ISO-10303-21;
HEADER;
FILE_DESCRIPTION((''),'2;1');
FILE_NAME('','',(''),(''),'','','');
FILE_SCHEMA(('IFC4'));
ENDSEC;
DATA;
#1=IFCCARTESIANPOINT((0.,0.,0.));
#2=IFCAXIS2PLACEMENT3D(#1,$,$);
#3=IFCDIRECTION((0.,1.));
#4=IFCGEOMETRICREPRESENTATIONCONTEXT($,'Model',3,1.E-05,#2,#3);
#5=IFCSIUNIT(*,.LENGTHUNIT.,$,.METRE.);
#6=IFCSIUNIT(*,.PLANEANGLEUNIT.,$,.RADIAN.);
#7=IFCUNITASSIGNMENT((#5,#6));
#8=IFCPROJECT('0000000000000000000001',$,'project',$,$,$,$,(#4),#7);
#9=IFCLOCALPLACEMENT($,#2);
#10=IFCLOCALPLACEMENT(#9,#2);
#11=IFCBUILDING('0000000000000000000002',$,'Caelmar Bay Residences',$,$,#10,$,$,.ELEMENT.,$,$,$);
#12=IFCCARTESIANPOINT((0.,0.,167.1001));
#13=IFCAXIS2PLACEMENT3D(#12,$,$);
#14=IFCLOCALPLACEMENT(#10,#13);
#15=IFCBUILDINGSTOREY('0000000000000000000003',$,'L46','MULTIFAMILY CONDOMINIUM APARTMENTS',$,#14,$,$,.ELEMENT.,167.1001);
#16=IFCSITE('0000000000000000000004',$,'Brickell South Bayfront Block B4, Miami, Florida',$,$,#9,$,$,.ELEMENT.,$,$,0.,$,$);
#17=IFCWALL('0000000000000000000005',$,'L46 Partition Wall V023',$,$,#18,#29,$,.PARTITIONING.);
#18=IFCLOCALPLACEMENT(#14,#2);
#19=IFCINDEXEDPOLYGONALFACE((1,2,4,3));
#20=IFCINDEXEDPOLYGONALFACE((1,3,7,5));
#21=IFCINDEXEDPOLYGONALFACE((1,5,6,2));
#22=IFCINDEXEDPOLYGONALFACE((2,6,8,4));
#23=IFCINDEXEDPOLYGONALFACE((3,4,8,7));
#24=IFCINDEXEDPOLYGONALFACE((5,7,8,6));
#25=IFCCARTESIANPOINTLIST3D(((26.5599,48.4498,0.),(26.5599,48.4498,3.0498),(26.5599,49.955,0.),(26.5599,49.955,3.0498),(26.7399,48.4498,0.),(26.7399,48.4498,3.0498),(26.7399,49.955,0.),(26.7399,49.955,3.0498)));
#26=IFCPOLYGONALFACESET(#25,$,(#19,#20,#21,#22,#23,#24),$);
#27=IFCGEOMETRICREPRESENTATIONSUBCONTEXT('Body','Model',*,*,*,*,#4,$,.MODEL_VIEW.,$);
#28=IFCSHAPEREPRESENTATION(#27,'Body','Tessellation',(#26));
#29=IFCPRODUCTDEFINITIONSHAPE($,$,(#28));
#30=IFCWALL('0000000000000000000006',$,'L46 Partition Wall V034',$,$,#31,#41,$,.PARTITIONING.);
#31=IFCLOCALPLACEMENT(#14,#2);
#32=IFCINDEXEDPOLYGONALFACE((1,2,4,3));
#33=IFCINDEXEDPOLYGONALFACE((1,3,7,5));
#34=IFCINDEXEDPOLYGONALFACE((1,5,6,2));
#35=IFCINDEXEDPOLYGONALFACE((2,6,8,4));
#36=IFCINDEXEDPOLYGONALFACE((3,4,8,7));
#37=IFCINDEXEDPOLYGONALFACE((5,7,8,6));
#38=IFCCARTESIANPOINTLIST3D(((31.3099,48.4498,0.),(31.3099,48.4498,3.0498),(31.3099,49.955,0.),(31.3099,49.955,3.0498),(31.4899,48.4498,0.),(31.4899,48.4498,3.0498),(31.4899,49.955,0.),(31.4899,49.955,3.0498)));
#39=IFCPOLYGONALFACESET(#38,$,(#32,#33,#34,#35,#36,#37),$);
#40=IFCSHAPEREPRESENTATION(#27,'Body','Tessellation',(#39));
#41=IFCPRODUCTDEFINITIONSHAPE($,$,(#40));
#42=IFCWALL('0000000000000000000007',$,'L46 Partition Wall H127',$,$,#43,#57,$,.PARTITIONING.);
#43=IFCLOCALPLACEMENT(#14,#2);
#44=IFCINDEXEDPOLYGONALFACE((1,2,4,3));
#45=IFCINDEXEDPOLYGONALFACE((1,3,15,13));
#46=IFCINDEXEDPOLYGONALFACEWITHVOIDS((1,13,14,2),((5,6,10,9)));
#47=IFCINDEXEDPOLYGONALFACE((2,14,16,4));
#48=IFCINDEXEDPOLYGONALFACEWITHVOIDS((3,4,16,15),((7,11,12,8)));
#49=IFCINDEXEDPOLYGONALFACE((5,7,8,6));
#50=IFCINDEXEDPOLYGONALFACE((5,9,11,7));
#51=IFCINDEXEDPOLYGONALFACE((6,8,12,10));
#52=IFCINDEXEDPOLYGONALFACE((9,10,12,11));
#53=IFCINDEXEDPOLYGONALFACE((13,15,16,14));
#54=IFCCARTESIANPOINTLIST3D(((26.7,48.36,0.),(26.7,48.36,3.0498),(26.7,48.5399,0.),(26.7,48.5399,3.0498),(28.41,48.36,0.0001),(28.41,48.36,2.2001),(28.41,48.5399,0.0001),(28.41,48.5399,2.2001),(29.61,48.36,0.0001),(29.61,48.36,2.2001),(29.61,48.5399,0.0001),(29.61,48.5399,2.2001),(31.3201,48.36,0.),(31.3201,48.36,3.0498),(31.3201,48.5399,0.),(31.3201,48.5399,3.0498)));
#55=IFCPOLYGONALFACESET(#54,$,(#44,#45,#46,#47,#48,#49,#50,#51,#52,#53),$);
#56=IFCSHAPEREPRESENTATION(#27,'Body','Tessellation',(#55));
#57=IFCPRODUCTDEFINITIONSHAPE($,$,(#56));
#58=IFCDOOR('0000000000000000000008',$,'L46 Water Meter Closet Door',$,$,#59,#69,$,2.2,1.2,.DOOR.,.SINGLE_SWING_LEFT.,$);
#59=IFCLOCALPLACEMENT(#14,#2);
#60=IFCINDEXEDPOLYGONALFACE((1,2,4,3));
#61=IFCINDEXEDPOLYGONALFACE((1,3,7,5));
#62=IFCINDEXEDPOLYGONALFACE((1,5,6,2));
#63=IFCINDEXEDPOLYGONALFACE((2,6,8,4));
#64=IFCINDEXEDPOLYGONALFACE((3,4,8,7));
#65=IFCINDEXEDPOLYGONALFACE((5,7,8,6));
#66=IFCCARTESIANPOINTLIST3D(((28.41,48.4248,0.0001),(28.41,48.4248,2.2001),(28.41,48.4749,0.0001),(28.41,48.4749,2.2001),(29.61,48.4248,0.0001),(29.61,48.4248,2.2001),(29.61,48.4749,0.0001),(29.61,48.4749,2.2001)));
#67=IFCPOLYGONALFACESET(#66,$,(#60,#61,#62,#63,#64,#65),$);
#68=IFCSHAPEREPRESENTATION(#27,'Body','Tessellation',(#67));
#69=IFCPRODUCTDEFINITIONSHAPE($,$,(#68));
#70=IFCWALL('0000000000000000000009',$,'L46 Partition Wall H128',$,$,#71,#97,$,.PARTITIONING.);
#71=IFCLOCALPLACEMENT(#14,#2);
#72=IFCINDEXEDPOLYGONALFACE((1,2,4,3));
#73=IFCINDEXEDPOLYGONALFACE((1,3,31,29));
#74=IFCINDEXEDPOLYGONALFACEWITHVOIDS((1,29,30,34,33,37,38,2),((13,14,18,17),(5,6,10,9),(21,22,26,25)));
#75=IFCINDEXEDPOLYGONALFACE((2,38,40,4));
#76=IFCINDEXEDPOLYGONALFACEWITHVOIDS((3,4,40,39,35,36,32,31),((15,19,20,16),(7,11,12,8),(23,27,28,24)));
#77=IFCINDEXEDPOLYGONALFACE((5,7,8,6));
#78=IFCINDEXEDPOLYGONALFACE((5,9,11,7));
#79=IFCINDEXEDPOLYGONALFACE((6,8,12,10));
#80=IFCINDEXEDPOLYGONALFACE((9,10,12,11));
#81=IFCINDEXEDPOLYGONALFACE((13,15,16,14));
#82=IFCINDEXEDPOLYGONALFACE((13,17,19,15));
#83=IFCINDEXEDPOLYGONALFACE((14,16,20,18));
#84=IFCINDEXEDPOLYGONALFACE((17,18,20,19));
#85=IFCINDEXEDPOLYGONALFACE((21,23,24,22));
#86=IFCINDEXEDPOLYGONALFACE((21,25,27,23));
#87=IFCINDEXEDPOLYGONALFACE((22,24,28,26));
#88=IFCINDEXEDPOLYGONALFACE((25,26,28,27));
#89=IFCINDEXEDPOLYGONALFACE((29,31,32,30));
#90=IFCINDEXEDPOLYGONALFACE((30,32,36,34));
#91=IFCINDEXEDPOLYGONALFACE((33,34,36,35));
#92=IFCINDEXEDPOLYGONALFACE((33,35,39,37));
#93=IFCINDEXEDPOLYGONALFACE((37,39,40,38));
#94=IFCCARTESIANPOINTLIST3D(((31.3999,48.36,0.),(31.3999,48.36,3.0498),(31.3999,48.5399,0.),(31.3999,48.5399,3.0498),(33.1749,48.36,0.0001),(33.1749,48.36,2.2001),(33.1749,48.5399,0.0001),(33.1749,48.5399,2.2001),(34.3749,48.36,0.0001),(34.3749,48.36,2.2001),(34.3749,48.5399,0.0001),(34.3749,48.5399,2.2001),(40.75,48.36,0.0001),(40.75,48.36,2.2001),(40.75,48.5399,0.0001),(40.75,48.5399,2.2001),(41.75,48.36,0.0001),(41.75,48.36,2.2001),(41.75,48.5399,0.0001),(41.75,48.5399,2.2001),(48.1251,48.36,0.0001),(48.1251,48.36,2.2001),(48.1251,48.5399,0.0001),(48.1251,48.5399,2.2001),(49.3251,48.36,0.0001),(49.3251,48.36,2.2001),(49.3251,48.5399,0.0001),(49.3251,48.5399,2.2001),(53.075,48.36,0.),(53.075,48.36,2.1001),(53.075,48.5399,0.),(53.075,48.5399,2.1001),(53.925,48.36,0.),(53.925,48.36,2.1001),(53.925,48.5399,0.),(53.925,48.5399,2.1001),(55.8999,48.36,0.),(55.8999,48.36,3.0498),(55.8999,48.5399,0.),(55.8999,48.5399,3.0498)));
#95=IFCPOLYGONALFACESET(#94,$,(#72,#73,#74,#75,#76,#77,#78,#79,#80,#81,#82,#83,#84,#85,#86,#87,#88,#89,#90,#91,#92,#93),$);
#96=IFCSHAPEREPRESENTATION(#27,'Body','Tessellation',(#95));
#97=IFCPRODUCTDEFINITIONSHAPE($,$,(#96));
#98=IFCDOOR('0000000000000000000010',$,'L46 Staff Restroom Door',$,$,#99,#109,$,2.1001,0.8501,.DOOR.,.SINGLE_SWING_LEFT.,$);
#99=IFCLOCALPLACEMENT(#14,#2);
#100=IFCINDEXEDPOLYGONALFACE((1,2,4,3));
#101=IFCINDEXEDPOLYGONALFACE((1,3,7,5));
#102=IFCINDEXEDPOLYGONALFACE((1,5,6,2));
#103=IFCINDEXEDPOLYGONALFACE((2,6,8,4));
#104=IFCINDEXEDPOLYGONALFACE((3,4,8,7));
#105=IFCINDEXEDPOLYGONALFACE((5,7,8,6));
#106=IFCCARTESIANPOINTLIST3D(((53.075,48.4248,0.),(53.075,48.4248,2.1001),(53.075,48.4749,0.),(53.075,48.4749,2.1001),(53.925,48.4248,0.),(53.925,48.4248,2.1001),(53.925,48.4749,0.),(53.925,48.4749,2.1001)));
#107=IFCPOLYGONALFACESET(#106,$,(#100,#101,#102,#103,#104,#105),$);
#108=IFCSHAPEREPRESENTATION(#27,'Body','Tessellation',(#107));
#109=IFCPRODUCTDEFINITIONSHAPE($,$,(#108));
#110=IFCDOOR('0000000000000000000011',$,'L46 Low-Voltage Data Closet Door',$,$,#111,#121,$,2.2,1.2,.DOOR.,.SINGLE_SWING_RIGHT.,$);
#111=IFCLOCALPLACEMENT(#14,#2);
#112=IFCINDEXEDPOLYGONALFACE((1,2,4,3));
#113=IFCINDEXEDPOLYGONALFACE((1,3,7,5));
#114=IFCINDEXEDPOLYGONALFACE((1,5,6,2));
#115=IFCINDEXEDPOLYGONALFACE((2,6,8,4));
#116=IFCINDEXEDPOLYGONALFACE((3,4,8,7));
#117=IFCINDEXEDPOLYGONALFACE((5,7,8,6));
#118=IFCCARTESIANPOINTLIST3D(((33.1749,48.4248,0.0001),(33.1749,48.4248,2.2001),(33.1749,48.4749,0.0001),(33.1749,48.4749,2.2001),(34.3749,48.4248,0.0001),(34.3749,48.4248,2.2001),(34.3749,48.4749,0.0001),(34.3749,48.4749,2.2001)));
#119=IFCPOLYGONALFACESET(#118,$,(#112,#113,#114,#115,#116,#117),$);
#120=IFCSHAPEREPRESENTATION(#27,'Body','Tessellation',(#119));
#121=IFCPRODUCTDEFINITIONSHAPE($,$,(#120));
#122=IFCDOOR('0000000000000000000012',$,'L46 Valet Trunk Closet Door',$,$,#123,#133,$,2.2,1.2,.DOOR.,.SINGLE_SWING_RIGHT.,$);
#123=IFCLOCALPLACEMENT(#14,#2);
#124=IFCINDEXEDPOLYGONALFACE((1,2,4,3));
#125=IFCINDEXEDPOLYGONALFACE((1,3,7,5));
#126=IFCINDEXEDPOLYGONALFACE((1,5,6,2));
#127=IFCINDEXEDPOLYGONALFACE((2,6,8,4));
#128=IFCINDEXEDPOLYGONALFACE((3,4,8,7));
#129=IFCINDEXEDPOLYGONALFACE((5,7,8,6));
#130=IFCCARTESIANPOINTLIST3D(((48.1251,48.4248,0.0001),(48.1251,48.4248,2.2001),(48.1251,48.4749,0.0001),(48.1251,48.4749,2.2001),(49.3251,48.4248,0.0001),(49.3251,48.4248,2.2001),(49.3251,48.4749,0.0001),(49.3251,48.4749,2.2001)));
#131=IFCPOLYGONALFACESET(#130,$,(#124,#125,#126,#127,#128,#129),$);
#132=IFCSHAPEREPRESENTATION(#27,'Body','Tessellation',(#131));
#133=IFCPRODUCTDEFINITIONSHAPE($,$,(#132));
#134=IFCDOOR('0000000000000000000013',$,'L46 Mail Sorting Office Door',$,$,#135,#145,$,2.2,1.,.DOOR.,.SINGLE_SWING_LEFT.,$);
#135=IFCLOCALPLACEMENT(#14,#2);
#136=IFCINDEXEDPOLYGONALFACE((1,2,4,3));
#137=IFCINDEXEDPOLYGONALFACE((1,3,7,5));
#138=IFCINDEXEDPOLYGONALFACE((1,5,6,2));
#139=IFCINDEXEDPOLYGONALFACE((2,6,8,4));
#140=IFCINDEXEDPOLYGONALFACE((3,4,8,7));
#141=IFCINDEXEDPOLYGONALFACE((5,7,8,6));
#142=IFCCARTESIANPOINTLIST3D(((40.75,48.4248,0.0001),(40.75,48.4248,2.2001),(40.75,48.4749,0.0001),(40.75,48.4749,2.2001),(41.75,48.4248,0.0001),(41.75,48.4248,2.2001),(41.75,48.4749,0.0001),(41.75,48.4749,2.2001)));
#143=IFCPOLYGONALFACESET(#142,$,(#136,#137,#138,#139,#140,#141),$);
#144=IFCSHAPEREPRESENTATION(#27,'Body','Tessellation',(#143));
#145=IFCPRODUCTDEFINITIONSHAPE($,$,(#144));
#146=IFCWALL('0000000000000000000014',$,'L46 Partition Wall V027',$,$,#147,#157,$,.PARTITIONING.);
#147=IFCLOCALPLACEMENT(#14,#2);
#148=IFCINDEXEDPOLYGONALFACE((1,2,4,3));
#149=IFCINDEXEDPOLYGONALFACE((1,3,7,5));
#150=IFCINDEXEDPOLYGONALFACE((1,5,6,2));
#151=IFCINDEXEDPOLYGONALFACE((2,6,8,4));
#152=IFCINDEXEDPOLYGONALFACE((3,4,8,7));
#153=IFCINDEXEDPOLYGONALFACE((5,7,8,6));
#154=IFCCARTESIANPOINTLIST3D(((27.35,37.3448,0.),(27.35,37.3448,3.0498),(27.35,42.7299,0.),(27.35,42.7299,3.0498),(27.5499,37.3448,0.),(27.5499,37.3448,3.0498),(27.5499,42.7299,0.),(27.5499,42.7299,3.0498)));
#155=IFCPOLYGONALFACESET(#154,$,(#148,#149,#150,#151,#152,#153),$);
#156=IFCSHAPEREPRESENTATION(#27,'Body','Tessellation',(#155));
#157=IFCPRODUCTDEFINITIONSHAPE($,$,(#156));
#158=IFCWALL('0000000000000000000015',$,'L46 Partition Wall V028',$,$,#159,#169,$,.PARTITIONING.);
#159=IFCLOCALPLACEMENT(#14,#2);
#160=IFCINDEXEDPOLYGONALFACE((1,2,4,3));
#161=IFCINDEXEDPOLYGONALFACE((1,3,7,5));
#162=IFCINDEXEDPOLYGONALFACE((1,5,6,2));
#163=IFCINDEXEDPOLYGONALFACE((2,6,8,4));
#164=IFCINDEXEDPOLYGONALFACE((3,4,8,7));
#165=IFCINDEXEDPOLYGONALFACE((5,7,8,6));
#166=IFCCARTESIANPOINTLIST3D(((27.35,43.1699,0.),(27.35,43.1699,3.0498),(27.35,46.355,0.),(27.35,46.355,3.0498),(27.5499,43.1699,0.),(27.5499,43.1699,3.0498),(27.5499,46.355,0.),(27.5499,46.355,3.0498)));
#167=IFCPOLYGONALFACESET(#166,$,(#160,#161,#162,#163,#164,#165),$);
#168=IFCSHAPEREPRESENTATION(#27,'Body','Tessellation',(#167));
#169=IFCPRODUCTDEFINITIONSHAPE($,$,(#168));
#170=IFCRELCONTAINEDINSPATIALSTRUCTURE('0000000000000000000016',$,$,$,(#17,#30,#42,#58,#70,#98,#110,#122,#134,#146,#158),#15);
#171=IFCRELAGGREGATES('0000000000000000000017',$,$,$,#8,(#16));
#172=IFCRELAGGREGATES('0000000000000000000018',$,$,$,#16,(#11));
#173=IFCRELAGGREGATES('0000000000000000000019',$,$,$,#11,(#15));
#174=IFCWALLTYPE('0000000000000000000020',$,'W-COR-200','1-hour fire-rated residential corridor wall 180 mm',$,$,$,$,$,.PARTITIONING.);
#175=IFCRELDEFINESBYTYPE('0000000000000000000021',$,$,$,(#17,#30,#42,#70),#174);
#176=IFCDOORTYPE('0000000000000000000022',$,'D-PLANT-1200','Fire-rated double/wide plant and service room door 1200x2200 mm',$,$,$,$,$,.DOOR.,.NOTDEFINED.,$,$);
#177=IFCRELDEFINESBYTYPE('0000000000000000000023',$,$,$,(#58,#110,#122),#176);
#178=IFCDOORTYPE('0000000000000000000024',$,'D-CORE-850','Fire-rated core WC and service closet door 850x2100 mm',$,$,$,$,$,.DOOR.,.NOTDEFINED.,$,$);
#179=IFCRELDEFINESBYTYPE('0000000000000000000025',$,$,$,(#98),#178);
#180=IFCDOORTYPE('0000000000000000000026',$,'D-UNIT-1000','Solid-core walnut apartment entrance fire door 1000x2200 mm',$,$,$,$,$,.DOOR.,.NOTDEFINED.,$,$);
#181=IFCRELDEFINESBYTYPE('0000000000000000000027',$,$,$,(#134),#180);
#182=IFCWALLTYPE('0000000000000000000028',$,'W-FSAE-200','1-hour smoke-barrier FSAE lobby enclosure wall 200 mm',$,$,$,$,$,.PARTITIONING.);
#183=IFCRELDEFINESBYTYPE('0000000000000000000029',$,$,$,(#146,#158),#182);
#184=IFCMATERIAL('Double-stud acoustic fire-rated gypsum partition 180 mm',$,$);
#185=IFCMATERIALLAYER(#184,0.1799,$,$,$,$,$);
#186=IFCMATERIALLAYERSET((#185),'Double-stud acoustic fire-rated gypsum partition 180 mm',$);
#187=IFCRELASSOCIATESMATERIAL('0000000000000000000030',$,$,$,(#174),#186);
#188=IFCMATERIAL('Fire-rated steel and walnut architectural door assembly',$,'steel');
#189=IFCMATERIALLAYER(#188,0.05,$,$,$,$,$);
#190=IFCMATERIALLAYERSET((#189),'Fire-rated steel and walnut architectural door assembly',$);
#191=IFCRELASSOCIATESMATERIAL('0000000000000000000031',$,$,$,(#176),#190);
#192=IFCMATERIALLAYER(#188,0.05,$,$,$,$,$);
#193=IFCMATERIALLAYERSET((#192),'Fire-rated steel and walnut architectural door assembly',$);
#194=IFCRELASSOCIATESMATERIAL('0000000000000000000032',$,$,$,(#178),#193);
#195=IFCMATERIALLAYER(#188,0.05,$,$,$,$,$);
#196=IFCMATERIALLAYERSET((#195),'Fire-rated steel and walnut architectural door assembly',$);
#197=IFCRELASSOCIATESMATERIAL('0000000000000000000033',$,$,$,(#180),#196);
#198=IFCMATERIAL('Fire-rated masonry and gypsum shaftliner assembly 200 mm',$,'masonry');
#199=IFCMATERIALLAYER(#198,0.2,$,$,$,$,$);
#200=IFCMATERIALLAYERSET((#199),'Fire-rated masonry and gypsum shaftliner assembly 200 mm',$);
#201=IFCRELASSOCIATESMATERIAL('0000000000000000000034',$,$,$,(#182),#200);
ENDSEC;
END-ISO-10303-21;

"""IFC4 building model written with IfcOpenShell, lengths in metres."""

from ifc_helpers import new_model, si_unit, direction, frame, frame_2d, origin, place, context, subcontext, project, spatial, rectangle, extrude, material, layer, layer_set, type_object, element, fill, save


model = new_model("IFC4")

# Units and contexts
model_context = context("Model", 3, precision=1e-05, world=origin(), true_north=direction((0.0, 1.0)))
body_context = subcontext(model_context, "Body", "Model", "MODEL_VIEW")
ifc_project = project(units=[si_unit("LENGTHUNIT", "METRE"), si_unit("PLANEANGLEUNIT", "RADIAN")], contexts=[model_context])

# Site, building, storey
site_placement = place(None, origin())
site = spatial("IfcSite", under=ifc_project, at=site_placement, Name="Brickell South Bayfront Block B4, Miami, Florida", CompositionType="ELEMENT", RefElevation=0.0)
building_placement = place(site_placement, origin())
building = spatial("IfcBuilding", under=site, at=building_placement, Name="Caelmar Bay Residences", CompositionType="ELEMENT")
storey_placement = place(building_placement, frame((0.0, 0.0, 167.1001)))
storey = spatial("IfcBuildingStorey", under=building, at=storey_placement, Name="L46", Description="MULTIFAMILY CONDOMINIUM APARTMENTS", CompositionType="ELEMENT", Elevation=167.1001)

# Walls
ifc_material_1 = material(Name="Double-stud acoustic fire-rated gypsum partition 180 mm")
ifc_layer_1 = layer(ifc_material_1, 0.1799)
ifc_layer_set_1 = layer_set([ifc_layer_1], Name="Double-stud acoustic fire-rated gypsum partition 180 mm")
wall_type_1 = type_object("IfcWallType", Name="W-COR-200", Description="1-hour fire-rated residential corridor wall 180 mm", PredefinedType="PARTITIONING", material=ifc_layer_set_1)
for number, where, z_axis, x_axis, name in (
    (1, (26.6499, 48.45, 0.0), (0.0, 0.0, 1.0), (0.0, 1.0, 0.0), "L46 Partition Wall V023"),
    (2, (31.3999, 48.45, 0.0), (0.0, 0.0, 1.0), (0.0, 1.0, 0.0), "L46 Partition Wall V034"),
):
    element("IfcWall", number, at=place(storey_placement, frame(where, z_axis=z_axis, x_axis=x_axis)), inside=storey, type_object=wall_type_1, Name=name, PredefinedType="PARTITIONING", context=body_context, shape_type="SweptSolid", body=[
        extrude(rectangle(XDim=1.5051, YDim=0.1799, at=frame_2d((0.7524, 0.0))), origin(), (0.0, 0.0, 1.0), 3.0498),
    ])

# Wall, opening, door
wall_1_placement = place(storey_placement, frame((26.7, 48.45, 0.0), z_axis=(0.0, 0.0, 1.0), x_axis=(1.0, 0.0, 0.0)))
wall_1 = element("IfcWall", 3, at=wall_1_placement, inside=storey, type_object=wall_type_1, Name="L46 Partition Wall H127", PredefinedType="PARTITIONING", context=body_context, shape_type="SweptSolid", body=[
    extrude(rectangle(XDim=4.6201, YDim=0.1799, at=frame_2d((2.3101, 0.0))), origin(), (0.0, 0.0, 1.0), 3.0498),
])
opening_1_placement = place(wall_1_placement, frame((1.71, 0.0, 0.0)))
opening_1 = element("IfcOpeningElement", 4, at=opening_1_placement, cuts=wall_1, PredefinedType="OPENING", context=body_context, shape_type="SweptSolid", body=[
    extrude(rectangle(XDim=1.2, YDim=2.2, at=frame_2d((0.6001, 1.1001))), frame((0.0, 0.0999, 0.0), z_axis=(0.0, -1.0, 0.0), x_axis=(1.0, 0.0, 0.0)), (0.0, 0.0, 1.0), 0.2),
])
ifc_material_2 = material(Name="Fire-rated steel and walnut architectural door assembly", Category="steel")
ifc_layer_2 = layer(ifc_material_2, 0.05)
ifc_layer_set_2 = layer_set([ifc_layer_2], Name="Fire-rated steel and walnut architectural door assembly")
door_type_1 = type_object("IfcDoorType", Name="D-PLANT-1200", Description="Fire-rated double/wide plant and service room door 1200x2200 mm", OperationType="NOTDEFINED", PredefinedType="DOOR", material=ifc_layer_set_2)
door_1_placement = place(opening_1_placement, origin())
door_1 = element("IfcDoor", 5, at=door_1_placement, inside=storey, type_object=door_type_1, Name="L46 Water Meter Closet Door", OperationType="SINGLE_SWING_LEFT", OverallHeight=2.2, OverallWidth=1.2, PredefinedType="DOOR", context=body_context, shape_type="SweptSolid", body=[
    extrude(rectangle(XDim=1.2, YDim=2.2, at=frame_2d((0.6001, 1.1001))), frame((0.0, 0.0249, 0.0), z_axis=(0.0, -1.0, 0.0), x_axis=(1.0, 0.0, 0.0)), (0.0, 0.0, 1.0), 0.05),
])
fill(opening_1, door_1)

# Wall, openings, doors
wall_2_placement = place(storey_placement, frame((31.3999, 48.45, 0.0), z_axis=(0.0, 0.0, 1.0), x_axis=(1.0, 0.0, 0.0)))
wall_2 = element("IfcWall", 6, at=wall_2_placement, inside=storey, type_object=wall_type_1, Name="L46 Partition Wall H128", PredefinedType="PARTITIONING", context=body_context, shape_type="SweptSolid", body=[
    extrude(rectangle(XDim=24.5, YDim=0.1799, at=frame_2d((12.25, 0.0))), origin(), (0.0, 0.0, 1.0), 3.0498),
])
opening_2_placement = place(wall_2_placement, frame((1.7749, 0.0, 0.0)))
opening_2 = element("IfcOpeningElement", 7, at=opening_2_placement, cuts=wall_2, PredefinedType="OPENING", context=body_context, shape_type="SweptSolid", body=[
    extrude(rectangle(XDim=1.2, YDim=2.2, at=frame_2d((0.6001, 1.1001))), frame((0.0, 0.0999, 0.0), z_axis=(0.0, -1.0, 0.0), x_axis=(1.0, 0.0, 0.0)), (0.0, 0.0, 1.0), 0.2),
])
opening_3_placement = place(wall_2_placement, frame((9.3501, 0.0, 0.0)))
opening_3 = element("IfcOpeningElement", 8, at=opening_3_placement, cuts=wall_2, PredefinedType="OPENING", context=body_context, shape_type="SweptSolid", body=[
    extrude(rectangle(XDim=1.0, YDim=2.2, at=frame_2d((0.5, 1.1001))), frame((0.0, 0.0999, 0.0), z_axis=(0.0, -1.0, 0.0), x_axis=(1.0, 0.0, 0.0)), (0.0, 0.0, 1.0), 0.2),
])
opening_4_placement = place(wall_2_placement, frame((16.7251, 0.0, 0.0)))
opening_4 = element("IfcOpeningElement", 9, at=opening_4_placement, cuts=wall_2, PredefinedType="OPENING", context=body_context, shape_type="SweptSolid", body=[
    extrude(rectangle(XDim=1.2, YDim=2.2, at=frame_2d((0.6001, 1.1001))), frame((0.0, 0.0999, 0.0), z_axis=(0.0, -1.0, 0.0), x_axis=(1.0, 0.0, 0.0)), (0.0, 0.0, 1.0), 0.2),
])
opening_5_placement = place(wall_2_placement, frame((21.675, 0.0, 0.0)))
opening_5 = element("IfcOpeningElement", 10, at=opening_5_placement, cuts=wall_2, PredefinedType="OPENING", context=body_context, shape_type="SweptSolid", body=[
    extrude(rectangle(XDim=0.8501, YDim=2.1001, at=frame_2d((0.425, 1.05))), frame((0.0, 0.0999, 0.0), z_axis=(0.0, -1.0, 0.0), x_axis=(1.0, 0.0, 0.0)), (0.0, 0.0, 1.0), 0.2),
])
ifc_layer_3 = layer(ifc_material_2, 0.05)
ifc_layer_set_3 = layer_set([ifc_layer_3], Name="Fire-rated steel and walnut architectural door assembly")
door_type_2 = type_object("IfcDoorType", Name="D-CORE-850", Description="Fire-rated core WC and service closet door 850x2100 mm", OperationType="NOTDEFINED", PredefinedType="DOOR", material=ifc_layer_set_3)
door_2_placement = place(opening_5_placement, origin())
door_2 = element("IfcDoor", 11, at=door_2_placement, inside=storey, type_object=door_type_2, Name="L46 Staff Restroom Door", OperationType="SINGLE_SWING_LEFT", OverallHeight=2.1001, OverallWidth=0.8501, PredefinedType="DOOR", context=body_context, shape_type="SweptSolid", body=[
    extrude(rectangle(XDim=0.8501, YDim=2.1001, at=frame_2d((0.425, 1.05))), frame((0.0, 0.0249, 0.0), z_axis=(0.0, -1.0, 0.0), x_axis=(1.0, 0.0, 0.0)), (0.0, 0.0, 1.0), 0.05),
])
fill(opening_5, door_2)
door_3_placement = place(opening_2_placement, origin())
door_3 = element("IfcDoor", 12, at=door_3_placement, inside=storey, type_object=door_type_1, Name="L46 Low-Voltage Data Closet Door", OperationType="SINGLE_SWING_RIGHT", OverallHeight=2.2, OverallWidth=1.2, PredefinedType="DOOR", context=body_context, shape_type="SweptSolid", body=[
    extrude(rectangle(XDim=1.2, YDim=2.2, at=frame_2d((0.6001, 1.1001))), frame((0.0, 0.0249, 0.0), z_axis=(0.0, -1.0, 0.0), x_axis=(1.0, 0.0, 0.0)), (0.0, 0.0, 1.0), 0.05),
])
fill(opening_2, door_3)
door_4_placement = place(opening_4_placement, origin())
door_4 = element("IfcDoor", 13, at=door_4_placement, inside=storey, type_object=door_type_1, Name="L46 Valet Trunk Closet Door", OperationType="SINGLE_SWING_RIGHT", OverallHeight=2.2, OverallWidth=1.2, PredefinedType="DOOR", context=body_context, shape_type="SweptSolid", body=[
    extrude(rectangle(XDim=1.2, YDim=2.2, at=frame_2d((0.6001, 1.1001))), frame((0.0, 0.0249, 0.0), z_axis=(0.0, -1.0, 0.0), x_axis=(1.0, 0.0, 0.0)), (0.0, 0.0, 1.0), 0.05),
])
fill(opening_4, door_4)
ifc_layer_4 = layer(ifc_material_2, 0.05)
ifc_layer_set_4 = layer_set([ifc_layer_4], Name="Fire-rated steel and walnut architectural door assembly")
door_type_3 = type_object("IfcDoorType", Name="D-UNIT-1000", Description="Solid-core walnut apartment entrance fire door 1000x2200 mm", OperationType="NOTDEFINED", PredefinedType="DOOR", material=ifc_layer_set_4)
door_5_placement = place(opening_3_placement, origin())
door_5 = element("IfcDoor", 14, at=door_5_placement, inside=storey, type_object=door_type_3, Name="L46 Mail Sorting Office Door", OperationType="SINGLE_SWING_LEFT", OverallHeight=2.2, OverallWidth=1.0, PredefinedType="DOOR", context=body_context, shape_type="SweptSolid", body=[
    extrude(rectangle(XDim=1.0, YDim=2.2, at=frame_2d((0.5, 1.1001))), frame((0.0, 0.0249, 0.0), z_axis=(0.0, -1.0, 0.0), x_axis=(1.0, 0.0, 0.0)), (0.0, 0.0, 1.0), 0.05),
])
fill(opening_3, door_5)

# Walls
ifc_material_3 = material(Name="Fire-rated masonry and gypsum shaftliner assembly 200 mm", Category="masonry")
ifc_layer_5 = layer(ifc_material_3, 0.2)
ifc_layer_set_5 = layer_set([ifc_layer_5], Name="Fire-rated masonry and gypsum shaftliner assembly 200 mm")
wall_type_2 = type_object("IfcWallType", Name="W-FSAE-200", Description="1-hour smoke-barrier FSAE lobby enclosure wall 200 mm", PredefinedType="PARTITIONING", material=ifc_layer_set_5)
wall_3_placement = place(storey_placement, frame((27.45, 37.345, 0.0), z_axis=(0.0, 0.0, 1.0), x_axis=(0.0, 1.0, 0.0)))
element("IfcWall", 15, at=wall_3_placement, inside=storey, type_object=wall_type_2, Name="L46 Partition Wall V027", PredefinedType="PARTITIONING", context=body_context, shape_type="SweptSolid", body=[
    extrude(rectangle(XDim=5.385, YDim=0.2, at=frame_2d((2.6924, 0.0))), origin(), (0.0, 0.0, 1.0), 3.0498),
])
wall_4_placement = place(storey_placement, frame((27.45, 43.1699, 0.0), z_axis=(0.0, 0.0, 1.0), x_axis=(0.0, 1.0, 0.0)))
element("IfcWall", 16, at=wall_4_placement, inside=storey, type_object=wall_type_2, Name="L46 Partition Wall V028", PredefinedType="PARTITIONING", context=body_context, shape_type="SweptSolid", body=[
    extrude(rectangle(XDim=3.1851, YDim=0.2, at=frame_2d((1.5925, 0.0))), origin(), (0.0, 0.0, 1.0), 3.0498),
])

save(model, "model.ifc")
